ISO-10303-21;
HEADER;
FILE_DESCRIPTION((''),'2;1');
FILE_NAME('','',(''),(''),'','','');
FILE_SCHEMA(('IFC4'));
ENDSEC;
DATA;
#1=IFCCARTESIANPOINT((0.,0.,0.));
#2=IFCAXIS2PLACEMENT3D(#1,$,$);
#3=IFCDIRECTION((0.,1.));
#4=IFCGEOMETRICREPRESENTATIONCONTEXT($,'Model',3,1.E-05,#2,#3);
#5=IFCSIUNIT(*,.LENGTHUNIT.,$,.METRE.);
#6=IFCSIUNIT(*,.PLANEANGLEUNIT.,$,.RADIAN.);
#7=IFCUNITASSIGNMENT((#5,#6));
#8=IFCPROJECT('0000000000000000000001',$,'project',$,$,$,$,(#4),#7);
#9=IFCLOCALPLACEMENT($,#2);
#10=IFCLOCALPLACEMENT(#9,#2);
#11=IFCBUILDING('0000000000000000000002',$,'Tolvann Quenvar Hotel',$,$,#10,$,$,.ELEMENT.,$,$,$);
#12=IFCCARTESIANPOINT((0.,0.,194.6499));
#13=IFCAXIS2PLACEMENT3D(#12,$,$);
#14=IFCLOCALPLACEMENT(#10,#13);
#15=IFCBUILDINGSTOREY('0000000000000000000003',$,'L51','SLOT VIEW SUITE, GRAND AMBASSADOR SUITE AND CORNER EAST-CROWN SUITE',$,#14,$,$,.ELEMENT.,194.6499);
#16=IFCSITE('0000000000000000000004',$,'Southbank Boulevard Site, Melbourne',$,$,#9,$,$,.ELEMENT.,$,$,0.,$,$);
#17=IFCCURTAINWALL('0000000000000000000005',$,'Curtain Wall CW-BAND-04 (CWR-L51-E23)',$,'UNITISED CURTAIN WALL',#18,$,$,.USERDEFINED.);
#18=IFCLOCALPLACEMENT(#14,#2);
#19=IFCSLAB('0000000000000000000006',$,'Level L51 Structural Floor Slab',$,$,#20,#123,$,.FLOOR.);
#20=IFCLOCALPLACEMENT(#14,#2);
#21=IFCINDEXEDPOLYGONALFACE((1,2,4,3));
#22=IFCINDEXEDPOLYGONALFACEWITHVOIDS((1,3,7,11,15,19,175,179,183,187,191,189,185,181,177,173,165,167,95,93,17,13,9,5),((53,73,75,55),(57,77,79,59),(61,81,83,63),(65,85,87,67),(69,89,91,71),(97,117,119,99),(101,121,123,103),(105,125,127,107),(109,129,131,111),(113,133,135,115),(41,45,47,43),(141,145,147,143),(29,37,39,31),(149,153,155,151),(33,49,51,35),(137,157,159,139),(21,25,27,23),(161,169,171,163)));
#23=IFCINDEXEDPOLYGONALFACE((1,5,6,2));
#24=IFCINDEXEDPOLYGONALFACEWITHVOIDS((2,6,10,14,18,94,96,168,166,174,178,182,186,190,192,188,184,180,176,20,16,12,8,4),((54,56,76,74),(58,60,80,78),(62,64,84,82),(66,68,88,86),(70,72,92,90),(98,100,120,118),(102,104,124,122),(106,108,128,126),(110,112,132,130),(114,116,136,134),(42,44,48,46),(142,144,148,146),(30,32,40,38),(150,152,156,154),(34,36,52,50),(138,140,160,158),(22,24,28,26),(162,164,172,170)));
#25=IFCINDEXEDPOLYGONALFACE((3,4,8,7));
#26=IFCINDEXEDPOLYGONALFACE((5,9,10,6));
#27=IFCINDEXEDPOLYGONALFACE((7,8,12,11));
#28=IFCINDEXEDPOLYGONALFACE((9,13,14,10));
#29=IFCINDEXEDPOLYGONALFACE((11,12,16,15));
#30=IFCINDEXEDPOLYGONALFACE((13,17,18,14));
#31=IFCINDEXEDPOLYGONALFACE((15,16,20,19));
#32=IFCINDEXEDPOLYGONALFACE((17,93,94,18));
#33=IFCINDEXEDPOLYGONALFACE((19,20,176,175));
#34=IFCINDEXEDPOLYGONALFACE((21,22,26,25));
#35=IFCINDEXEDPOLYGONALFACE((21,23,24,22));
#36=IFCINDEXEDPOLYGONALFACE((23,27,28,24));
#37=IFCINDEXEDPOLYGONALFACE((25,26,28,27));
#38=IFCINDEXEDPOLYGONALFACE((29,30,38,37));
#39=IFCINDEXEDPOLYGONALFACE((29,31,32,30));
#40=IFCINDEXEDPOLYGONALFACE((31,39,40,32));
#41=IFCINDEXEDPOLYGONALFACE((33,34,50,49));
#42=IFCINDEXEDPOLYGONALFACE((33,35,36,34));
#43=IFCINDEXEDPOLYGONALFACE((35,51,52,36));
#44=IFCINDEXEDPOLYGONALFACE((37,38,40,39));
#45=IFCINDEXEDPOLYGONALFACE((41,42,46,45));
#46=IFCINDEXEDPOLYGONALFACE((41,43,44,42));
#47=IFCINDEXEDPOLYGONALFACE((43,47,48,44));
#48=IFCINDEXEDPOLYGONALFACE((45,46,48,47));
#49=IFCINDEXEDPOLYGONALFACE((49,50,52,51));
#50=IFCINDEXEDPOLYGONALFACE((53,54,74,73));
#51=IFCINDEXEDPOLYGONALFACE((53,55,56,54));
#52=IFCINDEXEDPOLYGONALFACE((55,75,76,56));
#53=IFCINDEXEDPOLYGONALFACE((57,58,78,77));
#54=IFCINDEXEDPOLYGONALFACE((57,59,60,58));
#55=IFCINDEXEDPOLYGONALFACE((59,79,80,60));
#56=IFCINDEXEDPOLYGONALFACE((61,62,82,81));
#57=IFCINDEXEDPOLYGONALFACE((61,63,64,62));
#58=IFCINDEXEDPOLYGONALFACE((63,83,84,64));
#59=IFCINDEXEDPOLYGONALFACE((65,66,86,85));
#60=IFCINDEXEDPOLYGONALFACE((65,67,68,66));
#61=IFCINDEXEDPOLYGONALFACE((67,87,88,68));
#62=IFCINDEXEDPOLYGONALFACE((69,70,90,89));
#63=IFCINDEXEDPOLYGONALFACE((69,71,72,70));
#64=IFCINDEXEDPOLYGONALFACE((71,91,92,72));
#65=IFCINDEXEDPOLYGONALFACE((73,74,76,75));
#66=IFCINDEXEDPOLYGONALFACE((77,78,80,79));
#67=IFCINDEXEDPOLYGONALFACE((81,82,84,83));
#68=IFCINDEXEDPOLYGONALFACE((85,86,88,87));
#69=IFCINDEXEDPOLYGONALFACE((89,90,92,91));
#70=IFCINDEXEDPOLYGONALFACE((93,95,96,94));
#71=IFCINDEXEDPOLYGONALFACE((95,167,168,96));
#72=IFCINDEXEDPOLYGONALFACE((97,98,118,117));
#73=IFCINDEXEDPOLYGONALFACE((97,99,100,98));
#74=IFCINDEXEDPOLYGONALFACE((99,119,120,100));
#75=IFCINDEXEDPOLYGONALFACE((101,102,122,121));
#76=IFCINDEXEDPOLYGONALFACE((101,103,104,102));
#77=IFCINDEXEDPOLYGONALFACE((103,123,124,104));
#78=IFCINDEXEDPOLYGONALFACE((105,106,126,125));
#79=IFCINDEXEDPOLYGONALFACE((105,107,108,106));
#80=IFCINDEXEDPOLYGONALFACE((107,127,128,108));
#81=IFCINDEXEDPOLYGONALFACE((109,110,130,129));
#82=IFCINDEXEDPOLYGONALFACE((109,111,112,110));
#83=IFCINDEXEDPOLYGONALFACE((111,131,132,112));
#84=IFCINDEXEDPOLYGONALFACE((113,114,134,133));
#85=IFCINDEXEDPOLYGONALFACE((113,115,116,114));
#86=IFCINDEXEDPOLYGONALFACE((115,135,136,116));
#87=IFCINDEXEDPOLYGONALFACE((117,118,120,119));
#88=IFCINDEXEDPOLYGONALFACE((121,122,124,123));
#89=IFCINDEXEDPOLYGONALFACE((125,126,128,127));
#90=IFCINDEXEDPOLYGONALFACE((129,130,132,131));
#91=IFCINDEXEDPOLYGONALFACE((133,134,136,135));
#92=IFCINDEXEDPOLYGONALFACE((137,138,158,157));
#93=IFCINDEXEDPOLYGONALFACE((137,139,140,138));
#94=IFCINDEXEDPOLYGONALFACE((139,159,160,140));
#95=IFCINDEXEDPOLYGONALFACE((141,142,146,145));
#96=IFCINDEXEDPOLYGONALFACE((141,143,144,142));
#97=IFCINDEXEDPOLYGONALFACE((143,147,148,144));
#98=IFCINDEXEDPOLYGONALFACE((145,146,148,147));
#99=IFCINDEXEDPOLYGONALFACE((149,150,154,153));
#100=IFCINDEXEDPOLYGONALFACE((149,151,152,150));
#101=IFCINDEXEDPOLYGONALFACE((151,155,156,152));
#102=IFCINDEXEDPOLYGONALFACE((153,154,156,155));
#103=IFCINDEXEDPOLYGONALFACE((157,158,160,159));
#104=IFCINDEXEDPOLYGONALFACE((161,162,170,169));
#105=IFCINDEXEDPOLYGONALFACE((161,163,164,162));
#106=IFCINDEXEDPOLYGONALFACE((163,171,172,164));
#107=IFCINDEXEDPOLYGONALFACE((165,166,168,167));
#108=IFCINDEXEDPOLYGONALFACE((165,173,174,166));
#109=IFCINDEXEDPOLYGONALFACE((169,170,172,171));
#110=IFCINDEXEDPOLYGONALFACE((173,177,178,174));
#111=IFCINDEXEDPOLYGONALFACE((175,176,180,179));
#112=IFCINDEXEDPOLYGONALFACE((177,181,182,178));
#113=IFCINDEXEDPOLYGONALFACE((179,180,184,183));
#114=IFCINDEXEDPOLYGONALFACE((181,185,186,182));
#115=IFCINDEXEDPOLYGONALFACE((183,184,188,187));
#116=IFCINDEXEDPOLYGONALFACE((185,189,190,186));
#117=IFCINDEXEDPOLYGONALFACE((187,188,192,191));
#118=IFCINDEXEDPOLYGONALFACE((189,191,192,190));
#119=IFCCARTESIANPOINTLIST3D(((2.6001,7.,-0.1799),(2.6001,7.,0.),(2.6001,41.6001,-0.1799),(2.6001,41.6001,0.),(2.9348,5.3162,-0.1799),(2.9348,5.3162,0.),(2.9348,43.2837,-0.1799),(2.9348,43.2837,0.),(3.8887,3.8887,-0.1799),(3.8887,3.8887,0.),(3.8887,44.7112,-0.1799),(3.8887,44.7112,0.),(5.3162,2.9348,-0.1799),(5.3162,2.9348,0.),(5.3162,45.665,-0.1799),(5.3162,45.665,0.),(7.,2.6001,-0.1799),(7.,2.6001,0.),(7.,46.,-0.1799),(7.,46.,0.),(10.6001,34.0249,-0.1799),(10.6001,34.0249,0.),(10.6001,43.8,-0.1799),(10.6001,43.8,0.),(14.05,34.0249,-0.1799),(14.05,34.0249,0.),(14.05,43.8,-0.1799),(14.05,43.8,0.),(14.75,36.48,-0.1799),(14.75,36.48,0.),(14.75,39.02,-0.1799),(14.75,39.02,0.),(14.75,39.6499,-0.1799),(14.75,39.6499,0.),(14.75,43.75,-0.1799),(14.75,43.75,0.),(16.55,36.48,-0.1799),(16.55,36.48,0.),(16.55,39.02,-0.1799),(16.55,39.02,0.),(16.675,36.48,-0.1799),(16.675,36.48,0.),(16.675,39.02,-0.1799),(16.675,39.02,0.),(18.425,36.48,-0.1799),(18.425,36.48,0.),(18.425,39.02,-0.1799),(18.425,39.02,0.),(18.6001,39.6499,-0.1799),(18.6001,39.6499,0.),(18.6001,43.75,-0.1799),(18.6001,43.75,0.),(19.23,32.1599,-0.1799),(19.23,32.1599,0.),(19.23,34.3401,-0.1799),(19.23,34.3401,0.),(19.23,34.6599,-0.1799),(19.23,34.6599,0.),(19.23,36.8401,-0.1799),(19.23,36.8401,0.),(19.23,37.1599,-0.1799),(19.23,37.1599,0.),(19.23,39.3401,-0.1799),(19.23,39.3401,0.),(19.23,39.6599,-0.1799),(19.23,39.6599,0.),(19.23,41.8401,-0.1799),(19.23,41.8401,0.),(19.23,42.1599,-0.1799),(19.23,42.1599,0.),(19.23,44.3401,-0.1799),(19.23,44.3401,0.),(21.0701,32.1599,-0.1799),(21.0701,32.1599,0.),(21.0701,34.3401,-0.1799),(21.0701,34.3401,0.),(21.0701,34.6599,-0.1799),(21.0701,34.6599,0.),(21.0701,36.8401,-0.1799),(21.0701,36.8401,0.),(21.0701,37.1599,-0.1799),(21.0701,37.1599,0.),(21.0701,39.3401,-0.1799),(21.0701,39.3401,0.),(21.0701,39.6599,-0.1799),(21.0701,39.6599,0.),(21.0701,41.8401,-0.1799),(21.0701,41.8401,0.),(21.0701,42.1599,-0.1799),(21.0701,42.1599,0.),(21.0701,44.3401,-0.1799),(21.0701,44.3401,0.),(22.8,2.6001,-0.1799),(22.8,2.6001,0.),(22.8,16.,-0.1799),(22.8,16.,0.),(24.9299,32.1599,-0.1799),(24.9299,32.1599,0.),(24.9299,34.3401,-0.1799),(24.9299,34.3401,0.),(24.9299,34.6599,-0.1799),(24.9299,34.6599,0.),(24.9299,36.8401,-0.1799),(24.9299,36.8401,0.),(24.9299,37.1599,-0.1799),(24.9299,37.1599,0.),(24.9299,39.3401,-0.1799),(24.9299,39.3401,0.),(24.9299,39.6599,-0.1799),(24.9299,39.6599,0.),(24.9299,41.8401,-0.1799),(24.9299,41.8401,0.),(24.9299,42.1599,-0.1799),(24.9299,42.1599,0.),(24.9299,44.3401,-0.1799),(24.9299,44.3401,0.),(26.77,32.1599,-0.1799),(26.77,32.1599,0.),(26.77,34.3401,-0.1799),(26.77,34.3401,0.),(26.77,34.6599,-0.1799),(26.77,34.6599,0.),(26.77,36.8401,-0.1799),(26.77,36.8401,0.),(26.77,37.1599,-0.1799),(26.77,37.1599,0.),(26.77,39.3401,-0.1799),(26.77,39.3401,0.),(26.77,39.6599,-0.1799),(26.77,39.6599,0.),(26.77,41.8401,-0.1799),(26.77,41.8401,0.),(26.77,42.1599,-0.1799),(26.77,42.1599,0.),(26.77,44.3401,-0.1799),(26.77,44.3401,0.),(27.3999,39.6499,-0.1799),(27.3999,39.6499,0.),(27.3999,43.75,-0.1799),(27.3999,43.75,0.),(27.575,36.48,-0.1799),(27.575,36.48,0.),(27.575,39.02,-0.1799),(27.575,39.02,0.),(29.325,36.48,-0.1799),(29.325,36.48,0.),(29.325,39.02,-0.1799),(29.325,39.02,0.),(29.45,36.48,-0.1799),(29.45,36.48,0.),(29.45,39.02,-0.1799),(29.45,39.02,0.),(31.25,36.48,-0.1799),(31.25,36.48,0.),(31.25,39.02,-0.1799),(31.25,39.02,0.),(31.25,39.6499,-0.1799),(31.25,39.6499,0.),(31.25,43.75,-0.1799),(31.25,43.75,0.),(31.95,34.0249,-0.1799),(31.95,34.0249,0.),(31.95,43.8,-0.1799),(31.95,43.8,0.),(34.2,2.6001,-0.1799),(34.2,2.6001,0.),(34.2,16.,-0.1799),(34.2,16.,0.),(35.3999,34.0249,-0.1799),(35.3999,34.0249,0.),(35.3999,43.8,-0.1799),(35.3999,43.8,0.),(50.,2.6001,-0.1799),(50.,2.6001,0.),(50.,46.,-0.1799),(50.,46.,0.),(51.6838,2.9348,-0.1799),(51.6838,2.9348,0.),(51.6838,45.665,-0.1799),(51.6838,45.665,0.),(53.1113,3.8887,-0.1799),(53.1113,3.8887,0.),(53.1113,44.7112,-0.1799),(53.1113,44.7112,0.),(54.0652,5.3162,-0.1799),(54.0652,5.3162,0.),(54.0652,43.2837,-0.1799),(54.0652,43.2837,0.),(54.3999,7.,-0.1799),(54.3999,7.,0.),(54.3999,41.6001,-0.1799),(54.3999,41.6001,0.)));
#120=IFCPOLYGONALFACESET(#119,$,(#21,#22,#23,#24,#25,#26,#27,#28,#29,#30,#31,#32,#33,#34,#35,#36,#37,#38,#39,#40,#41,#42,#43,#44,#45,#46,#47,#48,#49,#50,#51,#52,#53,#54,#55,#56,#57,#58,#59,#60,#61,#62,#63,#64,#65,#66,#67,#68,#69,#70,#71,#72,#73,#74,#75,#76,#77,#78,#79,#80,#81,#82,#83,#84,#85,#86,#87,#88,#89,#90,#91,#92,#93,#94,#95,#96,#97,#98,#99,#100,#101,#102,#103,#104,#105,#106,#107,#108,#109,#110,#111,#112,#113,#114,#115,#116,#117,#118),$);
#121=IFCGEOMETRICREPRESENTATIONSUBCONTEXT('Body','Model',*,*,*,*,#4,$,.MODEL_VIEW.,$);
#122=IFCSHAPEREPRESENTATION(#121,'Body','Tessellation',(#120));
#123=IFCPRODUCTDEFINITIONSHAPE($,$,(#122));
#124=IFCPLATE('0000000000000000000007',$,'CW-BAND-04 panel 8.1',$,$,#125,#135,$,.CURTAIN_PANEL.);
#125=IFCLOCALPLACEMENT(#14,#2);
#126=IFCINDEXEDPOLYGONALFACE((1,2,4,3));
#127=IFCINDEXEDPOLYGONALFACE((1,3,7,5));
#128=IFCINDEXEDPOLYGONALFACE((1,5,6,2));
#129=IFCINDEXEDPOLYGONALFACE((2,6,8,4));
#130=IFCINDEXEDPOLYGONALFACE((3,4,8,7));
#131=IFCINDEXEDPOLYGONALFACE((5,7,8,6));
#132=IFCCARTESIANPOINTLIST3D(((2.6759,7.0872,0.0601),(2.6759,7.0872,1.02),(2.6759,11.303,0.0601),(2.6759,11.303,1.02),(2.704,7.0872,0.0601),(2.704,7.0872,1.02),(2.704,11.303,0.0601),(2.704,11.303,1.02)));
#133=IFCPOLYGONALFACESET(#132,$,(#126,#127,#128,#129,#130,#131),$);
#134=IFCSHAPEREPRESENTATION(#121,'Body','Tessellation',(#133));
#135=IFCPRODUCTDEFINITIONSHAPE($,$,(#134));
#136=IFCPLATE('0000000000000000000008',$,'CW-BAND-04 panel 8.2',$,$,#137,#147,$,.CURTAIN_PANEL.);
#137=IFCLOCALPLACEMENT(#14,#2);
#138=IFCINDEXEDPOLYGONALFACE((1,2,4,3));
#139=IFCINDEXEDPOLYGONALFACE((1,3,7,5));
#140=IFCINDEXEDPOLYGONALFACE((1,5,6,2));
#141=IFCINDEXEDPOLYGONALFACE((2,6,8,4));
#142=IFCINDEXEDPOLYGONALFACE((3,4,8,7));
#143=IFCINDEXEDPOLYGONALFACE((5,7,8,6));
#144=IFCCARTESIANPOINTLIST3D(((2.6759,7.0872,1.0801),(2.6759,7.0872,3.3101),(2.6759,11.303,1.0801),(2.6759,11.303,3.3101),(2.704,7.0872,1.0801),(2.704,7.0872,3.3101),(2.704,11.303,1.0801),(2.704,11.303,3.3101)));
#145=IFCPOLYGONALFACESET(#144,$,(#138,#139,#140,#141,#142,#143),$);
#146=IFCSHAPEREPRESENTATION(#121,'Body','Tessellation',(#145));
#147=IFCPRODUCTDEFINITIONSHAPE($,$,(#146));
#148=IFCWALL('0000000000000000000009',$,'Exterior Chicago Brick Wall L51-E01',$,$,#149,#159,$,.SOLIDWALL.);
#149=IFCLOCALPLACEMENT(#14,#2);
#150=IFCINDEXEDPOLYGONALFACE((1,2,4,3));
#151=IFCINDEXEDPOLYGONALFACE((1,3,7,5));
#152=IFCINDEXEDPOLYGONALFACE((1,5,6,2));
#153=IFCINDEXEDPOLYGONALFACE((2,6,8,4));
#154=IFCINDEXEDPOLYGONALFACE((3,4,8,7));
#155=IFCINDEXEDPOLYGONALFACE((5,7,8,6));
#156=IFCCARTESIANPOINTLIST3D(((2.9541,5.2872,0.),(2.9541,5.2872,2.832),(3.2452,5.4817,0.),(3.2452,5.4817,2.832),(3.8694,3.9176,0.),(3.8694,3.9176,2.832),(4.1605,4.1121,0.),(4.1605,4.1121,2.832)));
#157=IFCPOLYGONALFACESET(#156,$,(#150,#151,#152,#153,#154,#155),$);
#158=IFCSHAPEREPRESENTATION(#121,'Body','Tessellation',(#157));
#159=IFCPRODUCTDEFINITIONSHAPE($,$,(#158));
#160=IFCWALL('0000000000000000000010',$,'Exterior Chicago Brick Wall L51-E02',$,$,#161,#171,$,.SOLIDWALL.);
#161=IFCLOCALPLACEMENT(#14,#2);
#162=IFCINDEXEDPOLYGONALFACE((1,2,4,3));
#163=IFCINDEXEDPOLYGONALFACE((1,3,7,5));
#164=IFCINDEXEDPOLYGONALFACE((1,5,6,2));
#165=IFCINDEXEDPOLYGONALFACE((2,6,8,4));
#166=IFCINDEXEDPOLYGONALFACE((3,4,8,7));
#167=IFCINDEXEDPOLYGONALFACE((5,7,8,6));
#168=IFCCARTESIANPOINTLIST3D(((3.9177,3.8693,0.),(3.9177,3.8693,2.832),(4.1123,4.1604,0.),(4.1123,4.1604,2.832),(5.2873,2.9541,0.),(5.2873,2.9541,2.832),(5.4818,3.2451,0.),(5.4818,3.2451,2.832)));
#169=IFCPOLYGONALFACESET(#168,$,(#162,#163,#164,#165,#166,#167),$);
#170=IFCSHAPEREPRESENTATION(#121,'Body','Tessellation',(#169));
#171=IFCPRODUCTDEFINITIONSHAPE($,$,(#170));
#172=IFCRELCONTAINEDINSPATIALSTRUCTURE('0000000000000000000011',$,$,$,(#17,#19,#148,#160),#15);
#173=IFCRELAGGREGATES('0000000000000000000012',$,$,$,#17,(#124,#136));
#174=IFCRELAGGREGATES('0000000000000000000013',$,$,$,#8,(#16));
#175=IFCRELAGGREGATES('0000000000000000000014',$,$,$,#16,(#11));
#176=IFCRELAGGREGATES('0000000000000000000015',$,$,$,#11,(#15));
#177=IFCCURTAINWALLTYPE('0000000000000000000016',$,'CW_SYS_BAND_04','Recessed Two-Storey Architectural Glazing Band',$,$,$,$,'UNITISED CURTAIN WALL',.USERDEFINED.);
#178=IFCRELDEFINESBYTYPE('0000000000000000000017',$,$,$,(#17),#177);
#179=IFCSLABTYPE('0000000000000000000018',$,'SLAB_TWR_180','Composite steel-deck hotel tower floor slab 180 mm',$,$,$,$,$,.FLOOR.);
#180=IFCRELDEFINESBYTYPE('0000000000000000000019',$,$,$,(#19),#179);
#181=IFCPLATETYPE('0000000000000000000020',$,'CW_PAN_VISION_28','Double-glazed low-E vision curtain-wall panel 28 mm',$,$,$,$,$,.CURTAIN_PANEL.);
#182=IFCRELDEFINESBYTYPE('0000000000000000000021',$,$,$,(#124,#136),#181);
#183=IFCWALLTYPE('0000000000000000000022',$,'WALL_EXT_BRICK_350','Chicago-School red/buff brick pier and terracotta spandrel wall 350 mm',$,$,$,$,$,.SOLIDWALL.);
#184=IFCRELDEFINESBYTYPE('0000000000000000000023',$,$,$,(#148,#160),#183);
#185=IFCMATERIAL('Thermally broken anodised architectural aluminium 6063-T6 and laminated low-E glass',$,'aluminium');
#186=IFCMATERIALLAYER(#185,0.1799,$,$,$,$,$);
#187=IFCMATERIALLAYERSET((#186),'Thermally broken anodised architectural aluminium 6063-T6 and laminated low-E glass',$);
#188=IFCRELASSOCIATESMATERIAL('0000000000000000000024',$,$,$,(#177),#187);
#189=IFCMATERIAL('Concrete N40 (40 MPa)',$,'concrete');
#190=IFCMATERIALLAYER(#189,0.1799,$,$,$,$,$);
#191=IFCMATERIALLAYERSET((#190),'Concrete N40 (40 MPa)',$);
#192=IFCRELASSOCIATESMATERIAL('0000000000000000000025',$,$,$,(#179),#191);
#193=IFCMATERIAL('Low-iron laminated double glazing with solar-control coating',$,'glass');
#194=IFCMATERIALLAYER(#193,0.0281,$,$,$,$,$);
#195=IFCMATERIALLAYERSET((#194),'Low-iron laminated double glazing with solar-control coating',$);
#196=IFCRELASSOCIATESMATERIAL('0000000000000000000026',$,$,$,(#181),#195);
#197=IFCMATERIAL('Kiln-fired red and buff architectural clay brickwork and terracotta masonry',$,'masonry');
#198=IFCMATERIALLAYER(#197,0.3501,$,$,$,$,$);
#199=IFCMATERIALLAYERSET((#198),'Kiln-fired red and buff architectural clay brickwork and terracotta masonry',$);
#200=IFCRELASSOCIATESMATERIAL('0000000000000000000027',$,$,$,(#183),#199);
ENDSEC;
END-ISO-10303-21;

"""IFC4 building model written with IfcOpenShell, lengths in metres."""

from ifc_helpers import new_model, si_unit, direction, frame, frame_2d, origin, origin_2d, place, context, subcontext, project, spatial, polyline, rectangle, outline, extrude, source, transform, mapped, material, layer, layer_set, type_object, type_shapes, element, aggregate, save


model = new_model("IFC4")

# Units and contexts
model_context = context("Model", 3, precision=1e-05, world=origin(), true_north=direction((0.0, 1.0)))
body_context = subcontext(model_context, "Body", "Model", "MODEL_VIEW")
ifc_project = project(units=[si_unit("LENGTHUNIT", "METRE"), si_unit("PLANEANGLEUNIT", "RADIAN")], contexts=[model_context])

# Site, building, storey
site_placement = place(None, origin())
site = spatial("IfcSite", under=ifc_project, at=site_placement, Name="Southbank Boulevard Site, Melbourne", CompositionType="ELEMENT", RefElevation=0.0)
building_placement = place(site_placement, origin())
building = spatial("IfcBuilding", under=site, at=building_placement, Name="Tolvann Quenvar Hotel", CompositionType="ELEMENT")
storey_placement = place(building_placement, frame((0.0, 0.0, 194.6499)))
storey = spatial("IfcBuildingStorey", under=building, at=storey_placement, Name="L51", Description="SLOT VIEW SUITE, GRAND AMBASSADOR SUITE AND CORNER EAST-CROWN SUITE", CompositionType="ELEMENT", Elevation=194.6499)

# Curtain wall
ifc_material_1 = material(Name="Thermally broken anodised architectural aluminium 6063-T6 and laminated low-E glass", Category="aluminium")
ifc_layer_1 = layer(ifc_material_1, 0.1799)
ifc_layer_set_1 = layer_set([ifc_layer_1], Name="Thermally broken anodised architectural aluminium 6063-T6 and laminated low-E glass")
curtain_wall_type = type_object("IfcCurtainWallType", Name="CW_SYS_BAND_04", Description="Recessed Two-Storey Architectural Glazing Band", ElementType="UNITISED CURTAIN WALL", PredefinedType="USERDEFINED", material=ifc_layer_set_1)
curtain_wall_placement = place(storey_placement, origin())
curtain_wall = element("IfcCurtainWall", 1, at=curtain_wall_placement, inside=storey, type_object=curtain_wall_type, Name="Curtain Wall CW-BAND-04 (CWR-L51-E23)", ObjectType="UNITISED CURTAIN WALL", PredefinedType="USERDEFINED")

# Shared definitions
ifc_material_2 = material(Name="Concrete N40 (40 MPa)", Category="concrete")

# Slab
ifc_layer_2 = layer(ifc_material_2, 0.1799)
ifc_layer_set_2 = layer_set([ifc_layer_2], Name="Concrete N40 (40 MPa)")
slab_type_1 = type_object("IfcSlabType", Name="SLAB_TWR_180", Description="Composite steel-deck hotel tower floor slab 180 mm", PredefinedType="FLOOR", material=ifc_layer_set_2)
slab_1_placement = place(storey_placement, frame((0.0, 0.0, -0.1799)))
element("IfcSlab", 2, at=slab_1_placement, inside=storey, type_object=slab_type_1, Name="Level L51 Structural Floor Slab", PredefinedType="FLOOR", context=body_context, shape_type="SweptSolid", body=[
    extrude(outline(polyline([(2.6001, 7.0), (2.9348, 5.3162), (3.8887, 3.8887), (5.3162, 2.9348), (7.0, 2.6001), (22.8, 2.6001), (22.8, 16.0), (34.2, 16.0), (34.2, 2.6001), (50.0, 2.6001), (51.6838, 2.9348), (53.1113, 3.8887), (54.0652, 5.3162), (54.3999, 7.0), (54.3999, 41.6001), (54.0652, 43.2837), (53.1113, 44.7112), (51.6838, 45.665), (50.0, 46.0), (7.0, 46.0), (5.3162, 45.665), (3.8887, 44.7112), (2.9348, 43.2837), (2.6001, 41.6001), (2.6001, 7.0)]), holes=[polyline([(31.95, 34.0249), (31.95, 43.8), (35.3999, 43.8), (35.3999, 34.0249), (31.95, 34.0249)]), polyline([(29.45, 39.02), (31.25, 39.02), (31.25, 36.48), (29.45, 36.48), (29.45, 39.02)]), polyline([(31.25, 43.75), (31.25, 39.6499), (27.3999, 39.6499), (27.3999, 43.75), (31.25, 43.75)]), polyline([(27.575, 39.02), (29.325, 39.02), (29.325, 36.48), (27.575, 36.48), (27.575, 39.02)]), polyline([(26.77, 44.3401), (26.77, 42.1599), (24.9299, 42.1599), (24.9299, 44.3401), (26.77, 44.3401)]), polyline([(24.9299, 41.8401), (26.77, 41.8401), (26.77, 39.6599), (24.9299, 39.6599), (24.9299, 41.8401)]), polyline([(24.9299, 39.3401), (26.77, 39.3401), (26.77, 37.1599), (24.9299, 37.1599), (24.9299, 39.3401)]), polyline([(24.9299, 36.8401), (26.77, 36.8401), (26.77, 34.6599), (24.9299, 34.6599), (24.9299, 36.8401)]), polyline([(24.9299, 34.3401), (26.77, 34.3401), (26.77, 32.1599), (24.9299, 32.1599), (24.9299, 34.3401)]), polyline([(21.0701, 44.3401), (21.0701, 42.1599), (19.23, 42.1599), (19.23, 44.3401), (21.0701, 44.3401)]), polyline([(19.23, 41.8401), (21.0701, 41.8401), (21.0701, 39.6599), (19.23, 39.6599), (19.23, 41.8401)]), polyline([(19.23, 39.3401), (21.0701, 39.3401), (21.0701, 37.1599), (19.23, 37.1599), (19.23, 39.3401)]), polyline([(19.23, 36.8401), (21.0701, 36.8401), (21.0701, 34.6599), (19.23, 34.6599), (19.23, 36.8401)]), polyline([(19.23, 34.3401), (21.0701, 34.3401), (21.0701, 32.1599), (19.23, 32.1599), (19.23, 34.3401)]), polyline([(18.6001, 43.75), (18.6001, 39.6499), (14.75, 39.6499), (14.75, 43.75), (18.6001, 43.75)]), polyline([(16.675, 39.02), (18.425, 39.02), (18.425, 36.48), (16.675, 36.48), (16.675, 39.02)]), polyline([(14.75, 39.02), (16.55, 39.02), (16.55, 36.48), (14.75, 36.48), (14.75, 39.02)]), polyline([(10.6001, 34.0249), (10.6001, 43.8), (14.05, 43.8), (14.05, 34.0249), (10.6001, 34.0249)])]), origin(), (0.0, 0.0, 1.0), 0.1799),
])

# Plates
ifc_material_3 = material(Name="Low-iron laminated double glazing with solar-control coating", Category="glass")
ifc_layer_3 = layer(ifc_material_3, 0.0281)
ifc_layer_set_3 = layer_set([ifc_layer_3], Name="Low-iron laminated double glazing with solar-control coating")
plate_type = type_object("IfcPlateType", Name="CW_PAN_VISION_28", Description="Double-glazed low-E vision curtain-wall panel 28 mm", PredefinedType="CURTAIN_PANEL", material=ifc_layer_set_3)
shared_shape_1 = source(origin(), body_context, "Body", "SweptSolid", [
    extrude(rectangle(XDim=4.2158, YDim=0.0281, at=origin_2d()), origin(), (0.0, 0.0, 1.0), 0.96),
])
plate_1_placement = place(storey_placement, frame((2.6899, 9.1951, 0.0601), z_axis=(0.0, 0.0, 1.0), x_axis=(0.0, -1.0, 0.0)))
plate_1 = element("IfcPlate", 3, at=plate_1_placement, type_object=plate_type, Name="CW-BAND-04 panel 8.1", PredefinedType="CURTAIN_PANEL", context=body_context, shape_type="MappedRepresentation", body=[
    mapped(shared_shape_1, transform((0.0, 0.0, 0.0), x_axis=(1.0, 0.0, 0.0), y_axis=(0.0, 1.0, 0.0), z_axis=(0.0, 0.0, 1.0), scale=1.0)),
])
shared_shape_2 = source(origin(), body_context, "Body", "SweptSolid", [
    extrude(rectangle(XDim=4.2158, YDim=0.0281, at=origin_2d()), origin(), (0.0, 0.0, 1.0), 2.23),
])
type_shapes(plate_type, [shared_shape_1, shared_shape_2])
plate_2_placement = place(storey_placement, frame((2.6899, 9.1951, 1.0801), z_axis=(0.0, 0.0, 1.0), x_axis=(0.0, -1.0, 0.0)))
plate_2 = element("IfcPlate", 4, at=plate_2_placement, type_object=plate_type, Name="CW-BAND-04 panel 8.2", PredefinedType="CURTAIN_PANEL", context=body_context, shape_type="MappedRepresentation", body=[
    mapped(shared_shape_2, transform((0.0, 0.0, 0.0), x_axis=(1.0, 0.0, 0.0), y_axis=(0.0, 1.0, 0.0), z_axis=(0.0, 0.0, 1.0), scale=1.0)),
])
aggregate(curtain_wall, [plate_1, plate_2])

# Walls
ifc_material_4 = material(Name="Kiln-fired red and buff architectural clay brickwork and terracotta masonry", Category="masonry")
ifc_layer_4 = layer(ifc_material_4, 0.3501)
ifc_layer_set_4 = layer_set([ifc_layer_4], Name="Kiln-fired red and buff architectural clay brickwork and terracotta masonry")
wall_type_1 = type_object("IfcWallType", Name="WALL_EXT_BRICK_350", Description="Chicago-School red/buff brick pier and terracotta spandrel wall 350 mm", PredefinedType="SOLIDWALL", material=ifc_layer_set_4)
for number, where, z_axis, x_axis, name in (
    (5, (3.0996, 5.3845, 0.0), (0.0, 0.0, 1.0), (0.555623, -0.831434, 0.0), "Exterior Chicago Brick Wall L51-E01"),
    (6, (4.0149, 4.0149, 0.0), (0.0, 0.0, 1.0), (0.831434, -0.555623, 0.0), "Exterior Chicago Brick Wall L51-E02"),
):
    element("IfcWall", number, at=place(storey_placement, frame(where, z_axis=z_axis, x_axis=x_axis)), inside=storey, type_object=wall_type_1, Name=name, PredefinedType="SOLIDWALL", context=body_context, shape_type="SweptSolid", body=[
        extrude(rectangle(XDim=1.6472, YDim=0.3501, at=frame_2d((0.8237, 0.0))), origin(), (0.0, 0.0, 1.0), 2.832),
    ])

save(model, "model.ifc")
